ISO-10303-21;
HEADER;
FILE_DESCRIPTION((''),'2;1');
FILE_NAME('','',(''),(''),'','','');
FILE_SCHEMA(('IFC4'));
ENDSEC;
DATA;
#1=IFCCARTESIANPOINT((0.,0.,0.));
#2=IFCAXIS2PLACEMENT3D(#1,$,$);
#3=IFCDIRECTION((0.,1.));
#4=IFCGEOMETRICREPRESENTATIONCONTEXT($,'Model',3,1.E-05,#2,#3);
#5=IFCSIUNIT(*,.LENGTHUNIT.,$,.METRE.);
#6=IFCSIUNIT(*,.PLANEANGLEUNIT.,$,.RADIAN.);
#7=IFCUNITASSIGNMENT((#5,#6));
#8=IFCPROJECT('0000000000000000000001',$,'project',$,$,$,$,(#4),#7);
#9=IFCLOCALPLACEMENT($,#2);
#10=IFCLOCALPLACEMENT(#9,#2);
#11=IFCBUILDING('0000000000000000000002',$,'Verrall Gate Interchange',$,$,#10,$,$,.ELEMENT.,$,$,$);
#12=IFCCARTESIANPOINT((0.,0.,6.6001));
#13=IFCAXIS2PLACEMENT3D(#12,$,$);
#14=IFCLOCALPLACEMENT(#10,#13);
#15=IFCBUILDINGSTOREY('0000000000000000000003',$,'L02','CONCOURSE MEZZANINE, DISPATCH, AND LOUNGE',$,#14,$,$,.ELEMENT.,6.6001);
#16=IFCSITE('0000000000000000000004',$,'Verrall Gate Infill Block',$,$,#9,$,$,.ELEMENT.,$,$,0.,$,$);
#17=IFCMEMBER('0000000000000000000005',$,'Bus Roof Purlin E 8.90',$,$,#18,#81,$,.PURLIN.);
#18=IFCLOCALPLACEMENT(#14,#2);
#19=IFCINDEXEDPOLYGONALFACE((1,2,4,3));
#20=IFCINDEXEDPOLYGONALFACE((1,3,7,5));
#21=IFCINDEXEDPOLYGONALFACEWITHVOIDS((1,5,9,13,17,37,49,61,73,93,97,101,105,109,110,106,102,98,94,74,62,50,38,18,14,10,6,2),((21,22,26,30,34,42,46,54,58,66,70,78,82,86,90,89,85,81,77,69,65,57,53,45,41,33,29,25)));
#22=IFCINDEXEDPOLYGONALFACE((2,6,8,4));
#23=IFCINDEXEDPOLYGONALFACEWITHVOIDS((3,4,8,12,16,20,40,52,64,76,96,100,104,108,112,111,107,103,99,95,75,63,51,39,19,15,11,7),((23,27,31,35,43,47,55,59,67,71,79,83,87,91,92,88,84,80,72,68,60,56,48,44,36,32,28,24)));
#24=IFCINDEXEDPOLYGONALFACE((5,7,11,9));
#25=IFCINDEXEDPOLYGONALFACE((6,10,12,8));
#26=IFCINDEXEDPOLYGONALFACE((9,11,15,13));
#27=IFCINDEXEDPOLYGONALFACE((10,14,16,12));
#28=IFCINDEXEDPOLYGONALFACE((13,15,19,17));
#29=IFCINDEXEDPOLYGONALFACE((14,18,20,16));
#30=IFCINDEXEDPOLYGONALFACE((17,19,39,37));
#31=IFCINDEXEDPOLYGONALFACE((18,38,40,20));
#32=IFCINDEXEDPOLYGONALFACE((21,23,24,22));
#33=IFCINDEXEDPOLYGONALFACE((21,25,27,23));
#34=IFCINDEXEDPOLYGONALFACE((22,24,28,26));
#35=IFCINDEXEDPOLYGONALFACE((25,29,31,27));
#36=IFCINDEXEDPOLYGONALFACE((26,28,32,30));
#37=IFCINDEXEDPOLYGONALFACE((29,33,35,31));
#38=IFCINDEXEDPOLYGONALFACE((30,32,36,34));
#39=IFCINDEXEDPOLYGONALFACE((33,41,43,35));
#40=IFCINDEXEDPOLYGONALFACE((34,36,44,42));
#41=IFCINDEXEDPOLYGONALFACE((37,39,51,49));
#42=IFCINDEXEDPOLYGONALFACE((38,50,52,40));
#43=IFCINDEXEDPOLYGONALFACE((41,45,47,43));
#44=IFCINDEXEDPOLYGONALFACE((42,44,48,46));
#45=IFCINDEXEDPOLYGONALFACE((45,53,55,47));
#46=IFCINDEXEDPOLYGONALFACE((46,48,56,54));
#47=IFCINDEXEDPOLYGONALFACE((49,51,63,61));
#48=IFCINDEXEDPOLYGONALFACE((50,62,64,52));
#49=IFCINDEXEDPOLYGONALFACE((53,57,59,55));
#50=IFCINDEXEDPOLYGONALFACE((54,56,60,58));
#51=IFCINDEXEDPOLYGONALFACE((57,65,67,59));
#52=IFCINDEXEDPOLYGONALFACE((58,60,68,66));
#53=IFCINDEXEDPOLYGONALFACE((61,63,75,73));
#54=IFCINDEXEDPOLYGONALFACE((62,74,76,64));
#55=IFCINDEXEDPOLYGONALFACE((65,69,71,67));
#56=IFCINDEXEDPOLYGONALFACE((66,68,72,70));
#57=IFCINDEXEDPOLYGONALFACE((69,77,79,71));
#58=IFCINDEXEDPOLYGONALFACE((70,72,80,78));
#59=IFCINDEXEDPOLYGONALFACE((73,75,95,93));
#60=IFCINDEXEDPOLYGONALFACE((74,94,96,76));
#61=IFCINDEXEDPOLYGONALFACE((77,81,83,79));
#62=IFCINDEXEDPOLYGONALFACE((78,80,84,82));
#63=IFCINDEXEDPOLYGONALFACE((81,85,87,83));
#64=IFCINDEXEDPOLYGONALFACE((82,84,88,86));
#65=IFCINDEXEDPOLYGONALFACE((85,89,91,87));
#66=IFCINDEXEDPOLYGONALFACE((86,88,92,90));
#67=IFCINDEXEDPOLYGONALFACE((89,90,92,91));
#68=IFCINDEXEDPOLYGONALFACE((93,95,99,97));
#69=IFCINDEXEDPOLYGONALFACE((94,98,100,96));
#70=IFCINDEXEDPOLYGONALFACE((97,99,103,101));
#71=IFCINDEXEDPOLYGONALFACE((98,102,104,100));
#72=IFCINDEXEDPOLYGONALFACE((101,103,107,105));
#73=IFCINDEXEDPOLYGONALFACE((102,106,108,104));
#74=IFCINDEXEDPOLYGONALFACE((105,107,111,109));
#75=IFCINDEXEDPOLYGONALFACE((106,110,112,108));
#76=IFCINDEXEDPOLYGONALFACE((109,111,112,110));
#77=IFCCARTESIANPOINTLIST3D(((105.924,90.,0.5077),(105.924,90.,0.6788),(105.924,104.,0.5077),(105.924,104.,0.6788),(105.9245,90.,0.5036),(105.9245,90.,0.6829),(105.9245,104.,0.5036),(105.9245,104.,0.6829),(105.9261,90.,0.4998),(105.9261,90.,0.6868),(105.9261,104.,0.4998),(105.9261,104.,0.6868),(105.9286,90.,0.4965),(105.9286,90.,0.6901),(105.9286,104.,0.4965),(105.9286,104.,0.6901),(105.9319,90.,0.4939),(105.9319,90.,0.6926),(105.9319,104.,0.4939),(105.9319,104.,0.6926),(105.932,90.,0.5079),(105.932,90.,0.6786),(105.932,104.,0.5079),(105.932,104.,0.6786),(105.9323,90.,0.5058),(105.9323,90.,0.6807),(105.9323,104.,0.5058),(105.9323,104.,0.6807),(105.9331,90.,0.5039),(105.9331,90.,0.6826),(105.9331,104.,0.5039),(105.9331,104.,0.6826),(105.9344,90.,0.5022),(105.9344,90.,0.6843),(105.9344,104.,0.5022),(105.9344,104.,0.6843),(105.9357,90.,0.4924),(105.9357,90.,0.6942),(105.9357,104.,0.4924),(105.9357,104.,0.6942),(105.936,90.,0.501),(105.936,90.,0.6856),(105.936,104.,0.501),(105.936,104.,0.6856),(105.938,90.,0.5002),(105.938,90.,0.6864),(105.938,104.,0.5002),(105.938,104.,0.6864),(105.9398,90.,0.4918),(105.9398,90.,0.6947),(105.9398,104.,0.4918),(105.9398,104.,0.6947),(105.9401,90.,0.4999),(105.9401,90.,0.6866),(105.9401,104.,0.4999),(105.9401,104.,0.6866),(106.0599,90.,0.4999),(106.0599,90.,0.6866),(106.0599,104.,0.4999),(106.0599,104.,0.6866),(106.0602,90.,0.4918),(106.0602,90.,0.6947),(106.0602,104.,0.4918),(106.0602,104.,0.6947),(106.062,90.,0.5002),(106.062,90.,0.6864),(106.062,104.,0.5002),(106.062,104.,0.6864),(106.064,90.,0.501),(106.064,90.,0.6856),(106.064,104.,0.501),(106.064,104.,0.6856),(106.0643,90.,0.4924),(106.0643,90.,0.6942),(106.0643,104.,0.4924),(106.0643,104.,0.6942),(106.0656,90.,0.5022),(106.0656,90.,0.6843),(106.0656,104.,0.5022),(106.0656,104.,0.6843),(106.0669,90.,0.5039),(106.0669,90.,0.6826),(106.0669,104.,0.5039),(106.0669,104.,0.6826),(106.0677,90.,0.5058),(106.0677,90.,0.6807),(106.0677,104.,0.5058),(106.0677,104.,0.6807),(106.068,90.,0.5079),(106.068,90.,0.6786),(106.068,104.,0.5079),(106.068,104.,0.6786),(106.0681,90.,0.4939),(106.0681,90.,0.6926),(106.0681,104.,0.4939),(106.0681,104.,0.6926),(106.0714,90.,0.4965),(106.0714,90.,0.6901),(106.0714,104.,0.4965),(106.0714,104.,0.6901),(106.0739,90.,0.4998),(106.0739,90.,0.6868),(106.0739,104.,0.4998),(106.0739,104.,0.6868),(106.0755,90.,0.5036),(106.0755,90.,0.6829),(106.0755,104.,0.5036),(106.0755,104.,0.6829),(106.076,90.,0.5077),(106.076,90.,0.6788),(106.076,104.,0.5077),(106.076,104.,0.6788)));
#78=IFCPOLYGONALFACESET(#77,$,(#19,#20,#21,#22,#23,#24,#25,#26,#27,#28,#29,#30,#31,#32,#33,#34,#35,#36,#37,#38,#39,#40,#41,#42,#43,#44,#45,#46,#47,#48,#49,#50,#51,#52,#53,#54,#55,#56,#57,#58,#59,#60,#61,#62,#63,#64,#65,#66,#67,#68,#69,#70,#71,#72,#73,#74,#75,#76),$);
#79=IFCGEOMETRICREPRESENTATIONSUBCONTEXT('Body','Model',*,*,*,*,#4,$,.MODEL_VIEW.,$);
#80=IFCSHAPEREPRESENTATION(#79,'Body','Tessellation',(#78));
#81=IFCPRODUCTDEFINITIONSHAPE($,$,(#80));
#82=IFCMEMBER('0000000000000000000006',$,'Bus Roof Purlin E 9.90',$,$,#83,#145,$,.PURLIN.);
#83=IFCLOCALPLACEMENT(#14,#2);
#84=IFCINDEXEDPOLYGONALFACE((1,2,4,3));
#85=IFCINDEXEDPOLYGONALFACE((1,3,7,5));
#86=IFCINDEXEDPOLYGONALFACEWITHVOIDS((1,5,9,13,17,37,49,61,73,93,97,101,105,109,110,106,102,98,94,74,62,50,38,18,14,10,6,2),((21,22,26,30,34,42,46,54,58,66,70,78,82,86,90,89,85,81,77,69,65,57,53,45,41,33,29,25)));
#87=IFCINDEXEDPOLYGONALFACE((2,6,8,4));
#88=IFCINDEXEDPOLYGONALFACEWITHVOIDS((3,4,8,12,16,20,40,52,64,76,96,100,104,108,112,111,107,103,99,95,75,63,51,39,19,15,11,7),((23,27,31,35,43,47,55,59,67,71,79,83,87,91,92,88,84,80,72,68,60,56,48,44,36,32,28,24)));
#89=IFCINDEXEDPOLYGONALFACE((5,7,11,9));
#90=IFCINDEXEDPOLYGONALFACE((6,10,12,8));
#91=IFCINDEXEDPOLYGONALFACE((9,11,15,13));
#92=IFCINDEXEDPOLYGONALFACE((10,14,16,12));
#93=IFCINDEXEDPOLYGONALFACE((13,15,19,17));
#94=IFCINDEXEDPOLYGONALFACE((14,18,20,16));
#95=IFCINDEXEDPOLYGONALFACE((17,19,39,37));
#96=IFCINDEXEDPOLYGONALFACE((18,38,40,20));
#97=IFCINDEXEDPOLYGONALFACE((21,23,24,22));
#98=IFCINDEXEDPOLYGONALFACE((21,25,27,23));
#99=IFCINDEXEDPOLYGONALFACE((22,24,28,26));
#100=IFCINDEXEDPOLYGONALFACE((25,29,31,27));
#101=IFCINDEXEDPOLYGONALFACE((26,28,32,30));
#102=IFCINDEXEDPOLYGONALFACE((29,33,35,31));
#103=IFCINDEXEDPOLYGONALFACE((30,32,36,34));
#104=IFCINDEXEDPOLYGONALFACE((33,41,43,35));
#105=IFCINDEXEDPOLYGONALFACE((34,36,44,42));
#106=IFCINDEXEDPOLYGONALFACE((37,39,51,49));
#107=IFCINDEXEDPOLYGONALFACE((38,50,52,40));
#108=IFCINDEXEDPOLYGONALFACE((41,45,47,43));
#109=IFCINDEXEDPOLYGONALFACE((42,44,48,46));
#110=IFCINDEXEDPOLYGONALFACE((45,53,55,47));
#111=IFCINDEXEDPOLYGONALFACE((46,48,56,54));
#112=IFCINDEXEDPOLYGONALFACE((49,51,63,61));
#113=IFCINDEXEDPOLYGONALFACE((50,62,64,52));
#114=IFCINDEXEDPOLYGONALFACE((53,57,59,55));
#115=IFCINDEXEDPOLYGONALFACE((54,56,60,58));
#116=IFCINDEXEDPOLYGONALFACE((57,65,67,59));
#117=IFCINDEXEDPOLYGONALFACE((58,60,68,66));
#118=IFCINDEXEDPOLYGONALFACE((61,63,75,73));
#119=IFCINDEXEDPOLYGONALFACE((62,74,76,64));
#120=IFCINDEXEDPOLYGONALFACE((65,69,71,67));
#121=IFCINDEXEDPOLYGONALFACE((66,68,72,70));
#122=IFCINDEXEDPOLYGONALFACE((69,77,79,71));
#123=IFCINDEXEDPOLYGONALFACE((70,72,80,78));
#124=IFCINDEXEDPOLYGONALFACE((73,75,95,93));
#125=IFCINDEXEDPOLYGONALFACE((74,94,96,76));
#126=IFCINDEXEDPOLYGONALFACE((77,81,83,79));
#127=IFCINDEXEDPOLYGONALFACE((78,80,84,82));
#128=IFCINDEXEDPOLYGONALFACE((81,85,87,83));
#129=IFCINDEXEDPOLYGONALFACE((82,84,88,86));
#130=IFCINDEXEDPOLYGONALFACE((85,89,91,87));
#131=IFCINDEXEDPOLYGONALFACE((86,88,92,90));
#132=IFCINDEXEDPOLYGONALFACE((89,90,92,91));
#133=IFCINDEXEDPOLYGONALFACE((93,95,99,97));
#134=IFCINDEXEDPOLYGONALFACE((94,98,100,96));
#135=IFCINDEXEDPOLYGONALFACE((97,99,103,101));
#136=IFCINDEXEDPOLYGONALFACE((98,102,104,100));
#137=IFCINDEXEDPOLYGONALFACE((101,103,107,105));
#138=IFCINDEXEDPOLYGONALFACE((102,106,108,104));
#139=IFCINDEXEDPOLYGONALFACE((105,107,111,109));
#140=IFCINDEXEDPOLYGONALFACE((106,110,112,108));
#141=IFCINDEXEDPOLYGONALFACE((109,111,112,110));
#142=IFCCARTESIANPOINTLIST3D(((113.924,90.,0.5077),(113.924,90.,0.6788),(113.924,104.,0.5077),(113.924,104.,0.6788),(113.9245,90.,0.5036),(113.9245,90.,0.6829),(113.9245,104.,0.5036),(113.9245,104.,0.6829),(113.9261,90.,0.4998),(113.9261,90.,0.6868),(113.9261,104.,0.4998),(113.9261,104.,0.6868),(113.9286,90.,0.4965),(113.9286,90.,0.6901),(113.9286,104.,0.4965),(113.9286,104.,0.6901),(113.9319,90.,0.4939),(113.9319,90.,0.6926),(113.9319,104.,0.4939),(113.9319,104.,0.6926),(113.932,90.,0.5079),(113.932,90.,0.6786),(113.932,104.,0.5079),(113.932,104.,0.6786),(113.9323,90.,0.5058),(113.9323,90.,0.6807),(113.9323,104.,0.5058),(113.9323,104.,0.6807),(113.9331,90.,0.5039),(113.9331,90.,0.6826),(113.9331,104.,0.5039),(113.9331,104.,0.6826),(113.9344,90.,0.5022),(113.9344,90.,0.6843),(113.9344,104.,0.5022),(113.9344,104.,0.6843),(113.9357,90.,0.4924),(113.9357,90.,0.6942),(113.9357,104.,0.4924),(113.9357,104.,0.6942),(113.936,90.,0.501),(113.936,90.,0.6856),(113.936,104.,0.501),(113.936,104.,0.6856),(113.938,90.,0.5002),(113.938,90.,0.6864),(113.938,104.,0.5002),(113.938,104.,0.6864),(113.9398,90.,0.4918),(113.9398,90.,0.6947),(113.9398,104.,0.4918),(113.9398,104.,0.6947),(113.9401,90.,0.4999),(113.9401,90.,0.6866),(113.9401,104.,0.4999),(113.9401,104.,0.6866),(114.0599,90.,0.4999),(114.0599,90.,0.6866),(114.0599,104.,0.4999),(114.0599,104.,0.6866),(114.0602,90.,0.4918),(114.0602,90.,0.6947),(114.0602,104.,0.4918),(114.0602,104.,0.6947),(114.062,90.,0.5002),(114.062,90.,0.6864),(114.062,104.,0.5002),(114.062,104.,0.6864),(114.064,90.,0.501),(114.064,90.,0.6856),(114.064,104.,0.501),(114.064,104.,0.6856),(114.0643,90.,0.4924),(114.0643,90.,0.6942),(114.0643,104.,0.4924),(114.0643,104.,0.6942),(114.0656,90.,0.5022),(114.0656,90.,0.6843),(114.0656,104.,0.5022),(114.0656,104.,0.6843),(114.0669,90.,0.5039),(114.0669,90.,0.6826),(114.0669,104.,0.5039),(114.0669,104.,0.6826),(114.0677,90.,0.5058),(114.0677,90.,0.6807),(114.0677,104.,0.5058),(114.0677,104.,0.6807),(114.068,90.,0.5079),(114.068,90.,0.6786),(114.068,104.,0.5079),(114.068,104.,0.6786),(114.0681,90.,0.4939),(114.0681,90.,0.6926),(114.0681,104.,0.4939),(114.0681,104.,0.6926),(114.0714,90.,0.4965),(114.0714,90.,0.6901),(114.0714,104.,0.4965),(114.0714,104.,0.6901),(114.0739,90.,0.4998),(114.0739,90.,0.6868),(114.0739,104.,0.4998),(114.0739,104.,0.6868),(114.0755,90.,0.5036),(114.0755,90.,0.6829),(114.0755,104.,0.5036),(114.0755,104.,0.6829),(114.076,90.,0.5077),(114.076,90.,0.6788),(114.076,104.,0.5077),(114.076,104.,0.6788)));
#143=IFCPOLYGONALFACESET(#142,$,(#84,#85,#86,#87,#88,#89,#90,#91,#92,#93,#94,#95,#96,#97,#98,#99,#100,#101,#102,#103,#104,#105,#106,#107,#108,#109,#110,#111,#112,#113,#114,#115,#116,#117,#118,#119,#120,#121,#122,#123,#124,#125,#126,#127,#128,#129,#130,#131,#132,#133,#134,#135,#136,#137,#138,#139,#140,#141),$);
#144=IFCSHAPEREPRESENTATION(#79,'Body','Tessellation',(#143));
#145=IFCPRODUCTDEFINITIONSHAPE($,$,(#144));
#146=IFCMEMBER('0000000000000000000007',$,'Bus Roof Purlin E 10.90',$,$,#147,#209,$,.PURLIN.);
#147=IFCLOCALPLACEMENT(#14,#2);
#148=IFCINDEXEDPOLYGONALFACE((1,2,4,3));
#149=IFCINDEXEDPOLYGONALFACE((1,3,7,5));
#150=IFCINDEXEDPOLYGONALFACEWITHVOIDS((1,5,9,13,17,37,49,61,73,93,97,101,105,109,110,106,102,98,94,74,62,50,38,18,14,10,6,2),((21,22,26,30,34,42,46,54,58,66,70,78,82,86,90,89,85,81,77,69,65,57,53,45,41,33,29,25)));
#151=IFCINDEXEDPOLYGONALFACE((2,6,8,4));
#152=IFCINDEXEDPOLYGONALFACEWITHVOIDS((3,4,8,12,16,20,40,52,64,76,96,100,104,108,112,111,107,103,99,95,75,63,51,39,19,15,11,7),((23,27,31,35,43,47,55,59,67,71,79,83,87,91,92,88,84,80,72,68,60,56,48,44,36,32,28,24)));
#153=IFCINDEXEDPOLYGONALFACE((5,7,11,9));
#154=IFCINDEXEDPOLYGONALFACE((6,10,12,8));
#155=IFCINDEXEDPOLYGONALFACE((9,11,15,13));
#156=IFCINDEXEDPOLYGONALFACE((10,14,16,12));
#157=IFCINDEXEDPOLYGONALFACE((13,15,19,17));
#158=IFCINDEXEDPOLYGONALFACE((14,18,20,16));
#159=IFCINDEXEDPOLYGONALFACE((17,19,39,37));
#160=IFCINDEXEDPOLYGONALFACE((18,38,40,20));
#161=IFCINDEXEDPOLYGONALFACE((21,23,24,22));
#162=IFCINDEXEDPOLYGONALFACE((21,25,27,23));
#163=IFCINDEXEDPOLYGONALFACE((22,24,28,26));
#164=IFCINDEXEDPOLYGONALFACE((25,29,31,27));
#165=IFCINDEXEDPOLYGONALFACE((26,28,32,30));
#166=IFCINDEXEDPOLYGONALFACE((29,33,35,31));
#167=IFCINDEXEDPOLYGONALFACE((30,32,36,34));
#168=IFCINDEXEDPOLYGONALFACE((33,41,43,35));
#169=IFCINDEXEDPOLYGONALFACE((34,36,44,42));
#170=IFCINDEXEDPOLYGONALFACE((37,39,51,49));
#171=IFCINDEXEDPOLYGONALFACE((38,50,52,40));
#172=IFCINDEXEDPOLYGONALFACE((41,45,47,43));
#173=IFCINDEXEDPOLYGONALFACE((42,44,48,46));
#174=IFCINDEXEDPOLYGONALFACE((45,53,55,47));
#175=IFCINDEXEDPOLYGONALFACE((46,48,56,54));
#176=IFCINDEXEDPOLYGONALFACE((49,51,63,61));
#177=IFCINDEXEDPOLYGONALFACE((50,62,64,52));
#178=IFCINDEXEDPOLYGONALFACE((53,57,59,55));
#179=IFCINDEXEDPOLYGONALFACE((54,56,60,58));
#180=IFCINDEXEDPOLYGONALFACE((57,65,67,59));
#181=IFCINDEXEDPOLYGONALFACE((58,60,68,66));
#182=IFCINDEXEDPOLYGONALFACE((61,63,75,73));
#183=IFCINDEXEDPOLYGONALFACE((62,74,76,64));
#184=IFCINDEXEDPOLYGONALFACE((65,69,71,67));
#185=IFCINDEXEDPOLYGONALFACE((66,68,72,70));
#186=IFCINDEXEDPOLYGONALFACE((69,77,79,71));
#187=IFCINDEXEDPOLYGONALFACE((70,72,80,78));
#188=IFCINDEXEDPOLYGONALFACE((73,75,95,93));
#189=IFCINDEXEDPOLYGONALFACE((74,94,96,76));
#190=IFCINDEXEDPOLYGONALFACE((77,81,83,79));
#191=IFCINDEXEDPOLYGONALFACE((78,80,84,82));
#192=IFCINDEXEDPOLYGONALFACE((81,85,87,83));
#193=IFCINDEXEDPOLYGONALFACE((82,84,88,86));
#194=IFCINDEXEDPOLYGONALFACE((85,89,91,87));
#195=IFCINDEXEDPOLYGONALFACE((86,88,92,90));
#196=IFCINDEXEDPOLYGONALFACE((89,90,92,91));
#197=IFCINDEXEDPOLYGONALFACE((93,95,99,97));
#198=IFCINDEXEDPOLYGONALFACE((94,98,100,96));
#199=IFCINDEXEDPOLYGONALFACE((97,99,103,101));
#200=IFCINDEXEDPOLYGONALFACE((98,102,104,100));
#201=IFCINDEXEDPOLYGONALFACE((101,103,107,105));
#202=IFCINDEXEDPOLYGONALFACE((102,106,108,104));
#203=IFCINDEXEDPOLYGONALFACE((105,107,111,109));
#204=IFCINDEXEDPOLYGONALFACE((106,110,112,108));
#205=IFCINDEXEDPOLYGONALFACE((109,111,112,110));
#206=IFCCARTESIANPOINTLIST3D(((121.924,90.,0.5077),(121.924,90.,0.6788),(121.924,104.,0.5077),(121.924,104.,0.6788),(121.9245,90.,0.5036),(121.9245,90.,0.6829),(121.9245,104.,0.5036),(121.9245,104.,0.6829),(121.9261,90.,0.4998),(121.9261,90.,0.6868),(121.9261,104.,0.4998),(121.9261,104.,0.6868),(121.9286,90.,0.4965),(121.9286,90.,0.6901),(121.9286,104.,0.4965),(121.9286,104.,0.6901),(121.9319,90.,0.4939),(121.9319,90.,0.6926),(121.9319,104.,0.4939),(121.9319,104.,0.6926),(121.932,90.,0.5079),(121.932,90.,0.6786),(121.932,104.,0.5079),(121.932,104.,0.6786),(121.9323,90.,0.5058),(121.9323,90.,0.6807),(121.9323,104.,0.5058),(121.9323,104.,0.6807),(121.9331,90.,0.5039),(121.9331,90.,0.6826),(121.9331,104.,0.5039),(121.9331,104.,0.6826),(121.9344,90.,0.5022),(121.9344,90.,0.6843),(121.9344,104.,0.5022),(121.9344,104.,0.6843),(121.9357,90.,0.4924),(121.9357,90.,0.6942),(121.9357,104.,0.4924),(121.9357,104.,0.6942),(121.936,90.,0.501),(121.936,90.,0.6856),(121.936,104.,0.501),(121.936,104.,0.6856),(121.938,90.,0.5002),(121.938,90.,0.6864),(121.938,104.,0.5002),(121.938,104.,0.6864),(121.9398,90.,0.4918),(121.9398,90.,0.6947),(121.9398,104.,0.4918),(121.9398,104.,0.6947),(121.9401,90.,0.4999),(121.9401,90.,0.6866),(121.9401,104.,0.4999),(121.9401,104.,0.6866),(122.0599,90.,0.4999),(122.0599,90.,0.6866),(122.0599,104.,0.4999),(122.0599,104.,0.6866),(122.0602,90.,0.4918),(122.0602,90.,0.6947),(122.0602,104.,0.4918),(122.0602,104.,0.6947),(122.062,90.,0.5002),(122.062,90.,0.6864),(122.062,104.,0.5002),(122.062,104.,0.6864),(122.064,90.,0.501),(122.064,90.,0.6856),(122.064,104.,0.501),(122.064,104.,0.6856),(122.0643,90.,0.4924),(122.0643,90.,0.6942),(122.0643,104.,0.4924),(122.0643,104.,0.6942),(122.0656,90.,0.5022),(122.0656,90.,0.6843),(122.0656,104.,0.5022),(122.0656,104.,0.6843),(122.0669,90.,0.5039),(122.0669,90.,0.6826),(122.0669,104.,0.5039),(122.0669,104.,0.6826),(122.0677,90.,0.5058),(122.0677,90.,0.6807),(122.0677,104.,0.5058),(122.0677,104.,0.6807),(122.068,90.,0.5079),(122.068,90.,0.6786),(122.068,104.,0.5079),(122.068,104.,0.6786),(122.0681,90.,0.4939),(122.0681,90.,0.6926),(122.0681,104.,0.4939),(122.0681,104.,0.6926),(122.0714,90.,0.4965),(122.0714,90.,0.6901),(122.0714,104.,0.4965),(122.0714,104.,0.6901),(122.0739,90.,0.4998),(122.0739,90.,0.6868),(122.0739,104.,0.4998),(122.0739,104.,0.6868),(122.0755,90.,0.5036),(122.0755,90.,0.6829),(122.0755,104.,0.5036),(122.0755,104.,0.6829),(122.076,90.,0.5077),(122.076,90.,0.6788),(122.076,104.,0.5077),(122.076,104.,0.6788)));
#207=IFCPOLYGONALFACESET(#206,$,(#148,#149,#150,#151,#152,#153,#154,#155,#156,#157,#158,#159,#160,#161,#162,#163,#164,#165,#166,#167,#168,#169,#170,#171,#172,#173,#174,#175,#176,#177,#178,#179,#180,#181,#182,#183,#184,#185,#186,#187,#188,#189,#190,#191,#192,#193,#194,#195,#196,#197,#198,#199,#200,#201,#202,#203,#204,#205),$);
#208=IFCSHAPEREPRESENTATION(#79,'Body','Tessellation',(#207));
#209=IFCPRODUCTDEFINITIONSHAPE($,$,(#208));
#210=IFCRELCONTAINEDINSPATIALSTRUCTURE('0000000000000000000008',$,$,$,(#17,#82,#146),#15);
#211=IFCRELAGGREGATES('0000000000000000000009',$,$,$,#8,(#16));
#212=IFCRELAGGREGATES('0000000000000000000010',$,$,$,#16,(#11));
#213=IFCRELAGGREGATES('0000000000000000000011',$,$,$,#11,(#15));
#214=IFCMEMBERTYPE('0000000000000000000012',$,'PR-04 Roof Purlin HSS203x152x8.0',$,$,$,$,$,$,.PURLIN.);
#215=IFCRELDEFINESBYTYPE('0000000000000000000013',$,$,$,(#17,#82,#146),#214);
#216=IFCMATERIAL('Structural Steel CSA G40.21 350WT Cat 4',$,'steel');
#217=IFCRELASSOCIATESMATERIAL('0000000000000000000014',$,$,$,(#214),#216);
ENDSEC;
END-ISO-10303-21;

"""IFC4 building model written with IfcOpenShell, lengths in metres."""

from ifc_helpers import new_model, si_unit, direction, frame, origin, origin_2d, place, context, subcontext, project, spatial, hollow_rectangle, extrude, material, material_profile, profile_set, type_object, element, save


model = new_model("IFC4")

# Units and contexts
model_context = context("Model", 3, precision=1e-05, world=origin(), true_north=direction((0.0, 1.0)))
body_context = subcontext(model_context, "Body", "Model", "MODEL_VIEW")
ifc_project = project(units=[si_unit("LENGTHUNIT", "METRE"), si_unit("PLANEANGLEUNIT", "RADIAN")], contexts=[model_context])

# Site, building, storey
site_placement = place(None, origin())
site = spatial("IfcSite", under=ifc_project, at=site_placement, Name="Verrall Gate Infill Block", CompositionType="ELEMENT", RefElevation=0.0)
building_placement = place(site_placement, origin())
building = spatial("IfcBuilding", under=site, at=building_placement, Name="Verrall Gate Interchange", CompositionType="ELEMENT")
storey_placement = place(building_placement, frame((0.0, 0.0, 6.6001)))
storey = spatial("IfcBuildingStorey", under=building, at=storey_placement, Name="L02", Description="CONCOURSE MEZZANINE, DISPATCH, AND LOUNGE", CompositionType="ELEMENT", Elevation=6.6001)

# Members
ifc_material_1 = material(Name="Structural Steel CSA G40.21 350WT Cat 4", Category="steel")
ifc_material_profile_1 = material_profile(ifc_material_1, hollow_rectangle(XDim=0.1521, YDim=0.2029, WallThickness=0.0081, InnerFilletRadius=0.0081, OuterFilletRadius=0.0159, at=origin_2d()), Name="HSS203x152x8.0")
ifc_profile_set_1 = profile_set([ifc_material_profile_1], Name="Structural Steel CSA G40.21 350WT Cat 4")
member_type_1 = type_object("IfcMemberType", Name="PR-04 Roof Purlin HSS203x152x8.0", PredefinedType="PURLIN", material=ifc_profile_set_1)
for number, where, z_axis, x_axis, name in (
    (1, (106.0, 90.0, 0.5933), (0.0, 1.0, 0.0), (-1.0, 0.0, 0.0), "Bus Roof Purlin E 8.90"),
    (2, (114.0, 90.0, 0.5933), (0.0, 1.0, 0.0), (-1.0, 0.0, 0.0), "Bus Roof Purlin E 9.90"),
    (3, (122.0, 90.0, 0.5933), (0.0, 1.0, 0.0), (-1.0, 0.0, 0.0), "Bus Roof Purlin E 10.90"),
):
    element("IfcMember", number, at=place(storey_placement, frame(where, z_axis=z_axis, x_axis=x_axis)), inside=storey, type_object=member_type_1, Name=name, PredefinedType="PURLIN", context=body_context, shape_type="SweptSolid", body=[
        extrude(hollow_rectangle(XDim=0.1521, YDim=0.2029, WallThickness=0.0081, InnerFilletRadius=0.0081, OuterFilletRadius=0.0159, at=origin_2d()), origin(), (0.0, 0.0, 1.0), 14.0),
    ])

save(model, "model.ifc")
